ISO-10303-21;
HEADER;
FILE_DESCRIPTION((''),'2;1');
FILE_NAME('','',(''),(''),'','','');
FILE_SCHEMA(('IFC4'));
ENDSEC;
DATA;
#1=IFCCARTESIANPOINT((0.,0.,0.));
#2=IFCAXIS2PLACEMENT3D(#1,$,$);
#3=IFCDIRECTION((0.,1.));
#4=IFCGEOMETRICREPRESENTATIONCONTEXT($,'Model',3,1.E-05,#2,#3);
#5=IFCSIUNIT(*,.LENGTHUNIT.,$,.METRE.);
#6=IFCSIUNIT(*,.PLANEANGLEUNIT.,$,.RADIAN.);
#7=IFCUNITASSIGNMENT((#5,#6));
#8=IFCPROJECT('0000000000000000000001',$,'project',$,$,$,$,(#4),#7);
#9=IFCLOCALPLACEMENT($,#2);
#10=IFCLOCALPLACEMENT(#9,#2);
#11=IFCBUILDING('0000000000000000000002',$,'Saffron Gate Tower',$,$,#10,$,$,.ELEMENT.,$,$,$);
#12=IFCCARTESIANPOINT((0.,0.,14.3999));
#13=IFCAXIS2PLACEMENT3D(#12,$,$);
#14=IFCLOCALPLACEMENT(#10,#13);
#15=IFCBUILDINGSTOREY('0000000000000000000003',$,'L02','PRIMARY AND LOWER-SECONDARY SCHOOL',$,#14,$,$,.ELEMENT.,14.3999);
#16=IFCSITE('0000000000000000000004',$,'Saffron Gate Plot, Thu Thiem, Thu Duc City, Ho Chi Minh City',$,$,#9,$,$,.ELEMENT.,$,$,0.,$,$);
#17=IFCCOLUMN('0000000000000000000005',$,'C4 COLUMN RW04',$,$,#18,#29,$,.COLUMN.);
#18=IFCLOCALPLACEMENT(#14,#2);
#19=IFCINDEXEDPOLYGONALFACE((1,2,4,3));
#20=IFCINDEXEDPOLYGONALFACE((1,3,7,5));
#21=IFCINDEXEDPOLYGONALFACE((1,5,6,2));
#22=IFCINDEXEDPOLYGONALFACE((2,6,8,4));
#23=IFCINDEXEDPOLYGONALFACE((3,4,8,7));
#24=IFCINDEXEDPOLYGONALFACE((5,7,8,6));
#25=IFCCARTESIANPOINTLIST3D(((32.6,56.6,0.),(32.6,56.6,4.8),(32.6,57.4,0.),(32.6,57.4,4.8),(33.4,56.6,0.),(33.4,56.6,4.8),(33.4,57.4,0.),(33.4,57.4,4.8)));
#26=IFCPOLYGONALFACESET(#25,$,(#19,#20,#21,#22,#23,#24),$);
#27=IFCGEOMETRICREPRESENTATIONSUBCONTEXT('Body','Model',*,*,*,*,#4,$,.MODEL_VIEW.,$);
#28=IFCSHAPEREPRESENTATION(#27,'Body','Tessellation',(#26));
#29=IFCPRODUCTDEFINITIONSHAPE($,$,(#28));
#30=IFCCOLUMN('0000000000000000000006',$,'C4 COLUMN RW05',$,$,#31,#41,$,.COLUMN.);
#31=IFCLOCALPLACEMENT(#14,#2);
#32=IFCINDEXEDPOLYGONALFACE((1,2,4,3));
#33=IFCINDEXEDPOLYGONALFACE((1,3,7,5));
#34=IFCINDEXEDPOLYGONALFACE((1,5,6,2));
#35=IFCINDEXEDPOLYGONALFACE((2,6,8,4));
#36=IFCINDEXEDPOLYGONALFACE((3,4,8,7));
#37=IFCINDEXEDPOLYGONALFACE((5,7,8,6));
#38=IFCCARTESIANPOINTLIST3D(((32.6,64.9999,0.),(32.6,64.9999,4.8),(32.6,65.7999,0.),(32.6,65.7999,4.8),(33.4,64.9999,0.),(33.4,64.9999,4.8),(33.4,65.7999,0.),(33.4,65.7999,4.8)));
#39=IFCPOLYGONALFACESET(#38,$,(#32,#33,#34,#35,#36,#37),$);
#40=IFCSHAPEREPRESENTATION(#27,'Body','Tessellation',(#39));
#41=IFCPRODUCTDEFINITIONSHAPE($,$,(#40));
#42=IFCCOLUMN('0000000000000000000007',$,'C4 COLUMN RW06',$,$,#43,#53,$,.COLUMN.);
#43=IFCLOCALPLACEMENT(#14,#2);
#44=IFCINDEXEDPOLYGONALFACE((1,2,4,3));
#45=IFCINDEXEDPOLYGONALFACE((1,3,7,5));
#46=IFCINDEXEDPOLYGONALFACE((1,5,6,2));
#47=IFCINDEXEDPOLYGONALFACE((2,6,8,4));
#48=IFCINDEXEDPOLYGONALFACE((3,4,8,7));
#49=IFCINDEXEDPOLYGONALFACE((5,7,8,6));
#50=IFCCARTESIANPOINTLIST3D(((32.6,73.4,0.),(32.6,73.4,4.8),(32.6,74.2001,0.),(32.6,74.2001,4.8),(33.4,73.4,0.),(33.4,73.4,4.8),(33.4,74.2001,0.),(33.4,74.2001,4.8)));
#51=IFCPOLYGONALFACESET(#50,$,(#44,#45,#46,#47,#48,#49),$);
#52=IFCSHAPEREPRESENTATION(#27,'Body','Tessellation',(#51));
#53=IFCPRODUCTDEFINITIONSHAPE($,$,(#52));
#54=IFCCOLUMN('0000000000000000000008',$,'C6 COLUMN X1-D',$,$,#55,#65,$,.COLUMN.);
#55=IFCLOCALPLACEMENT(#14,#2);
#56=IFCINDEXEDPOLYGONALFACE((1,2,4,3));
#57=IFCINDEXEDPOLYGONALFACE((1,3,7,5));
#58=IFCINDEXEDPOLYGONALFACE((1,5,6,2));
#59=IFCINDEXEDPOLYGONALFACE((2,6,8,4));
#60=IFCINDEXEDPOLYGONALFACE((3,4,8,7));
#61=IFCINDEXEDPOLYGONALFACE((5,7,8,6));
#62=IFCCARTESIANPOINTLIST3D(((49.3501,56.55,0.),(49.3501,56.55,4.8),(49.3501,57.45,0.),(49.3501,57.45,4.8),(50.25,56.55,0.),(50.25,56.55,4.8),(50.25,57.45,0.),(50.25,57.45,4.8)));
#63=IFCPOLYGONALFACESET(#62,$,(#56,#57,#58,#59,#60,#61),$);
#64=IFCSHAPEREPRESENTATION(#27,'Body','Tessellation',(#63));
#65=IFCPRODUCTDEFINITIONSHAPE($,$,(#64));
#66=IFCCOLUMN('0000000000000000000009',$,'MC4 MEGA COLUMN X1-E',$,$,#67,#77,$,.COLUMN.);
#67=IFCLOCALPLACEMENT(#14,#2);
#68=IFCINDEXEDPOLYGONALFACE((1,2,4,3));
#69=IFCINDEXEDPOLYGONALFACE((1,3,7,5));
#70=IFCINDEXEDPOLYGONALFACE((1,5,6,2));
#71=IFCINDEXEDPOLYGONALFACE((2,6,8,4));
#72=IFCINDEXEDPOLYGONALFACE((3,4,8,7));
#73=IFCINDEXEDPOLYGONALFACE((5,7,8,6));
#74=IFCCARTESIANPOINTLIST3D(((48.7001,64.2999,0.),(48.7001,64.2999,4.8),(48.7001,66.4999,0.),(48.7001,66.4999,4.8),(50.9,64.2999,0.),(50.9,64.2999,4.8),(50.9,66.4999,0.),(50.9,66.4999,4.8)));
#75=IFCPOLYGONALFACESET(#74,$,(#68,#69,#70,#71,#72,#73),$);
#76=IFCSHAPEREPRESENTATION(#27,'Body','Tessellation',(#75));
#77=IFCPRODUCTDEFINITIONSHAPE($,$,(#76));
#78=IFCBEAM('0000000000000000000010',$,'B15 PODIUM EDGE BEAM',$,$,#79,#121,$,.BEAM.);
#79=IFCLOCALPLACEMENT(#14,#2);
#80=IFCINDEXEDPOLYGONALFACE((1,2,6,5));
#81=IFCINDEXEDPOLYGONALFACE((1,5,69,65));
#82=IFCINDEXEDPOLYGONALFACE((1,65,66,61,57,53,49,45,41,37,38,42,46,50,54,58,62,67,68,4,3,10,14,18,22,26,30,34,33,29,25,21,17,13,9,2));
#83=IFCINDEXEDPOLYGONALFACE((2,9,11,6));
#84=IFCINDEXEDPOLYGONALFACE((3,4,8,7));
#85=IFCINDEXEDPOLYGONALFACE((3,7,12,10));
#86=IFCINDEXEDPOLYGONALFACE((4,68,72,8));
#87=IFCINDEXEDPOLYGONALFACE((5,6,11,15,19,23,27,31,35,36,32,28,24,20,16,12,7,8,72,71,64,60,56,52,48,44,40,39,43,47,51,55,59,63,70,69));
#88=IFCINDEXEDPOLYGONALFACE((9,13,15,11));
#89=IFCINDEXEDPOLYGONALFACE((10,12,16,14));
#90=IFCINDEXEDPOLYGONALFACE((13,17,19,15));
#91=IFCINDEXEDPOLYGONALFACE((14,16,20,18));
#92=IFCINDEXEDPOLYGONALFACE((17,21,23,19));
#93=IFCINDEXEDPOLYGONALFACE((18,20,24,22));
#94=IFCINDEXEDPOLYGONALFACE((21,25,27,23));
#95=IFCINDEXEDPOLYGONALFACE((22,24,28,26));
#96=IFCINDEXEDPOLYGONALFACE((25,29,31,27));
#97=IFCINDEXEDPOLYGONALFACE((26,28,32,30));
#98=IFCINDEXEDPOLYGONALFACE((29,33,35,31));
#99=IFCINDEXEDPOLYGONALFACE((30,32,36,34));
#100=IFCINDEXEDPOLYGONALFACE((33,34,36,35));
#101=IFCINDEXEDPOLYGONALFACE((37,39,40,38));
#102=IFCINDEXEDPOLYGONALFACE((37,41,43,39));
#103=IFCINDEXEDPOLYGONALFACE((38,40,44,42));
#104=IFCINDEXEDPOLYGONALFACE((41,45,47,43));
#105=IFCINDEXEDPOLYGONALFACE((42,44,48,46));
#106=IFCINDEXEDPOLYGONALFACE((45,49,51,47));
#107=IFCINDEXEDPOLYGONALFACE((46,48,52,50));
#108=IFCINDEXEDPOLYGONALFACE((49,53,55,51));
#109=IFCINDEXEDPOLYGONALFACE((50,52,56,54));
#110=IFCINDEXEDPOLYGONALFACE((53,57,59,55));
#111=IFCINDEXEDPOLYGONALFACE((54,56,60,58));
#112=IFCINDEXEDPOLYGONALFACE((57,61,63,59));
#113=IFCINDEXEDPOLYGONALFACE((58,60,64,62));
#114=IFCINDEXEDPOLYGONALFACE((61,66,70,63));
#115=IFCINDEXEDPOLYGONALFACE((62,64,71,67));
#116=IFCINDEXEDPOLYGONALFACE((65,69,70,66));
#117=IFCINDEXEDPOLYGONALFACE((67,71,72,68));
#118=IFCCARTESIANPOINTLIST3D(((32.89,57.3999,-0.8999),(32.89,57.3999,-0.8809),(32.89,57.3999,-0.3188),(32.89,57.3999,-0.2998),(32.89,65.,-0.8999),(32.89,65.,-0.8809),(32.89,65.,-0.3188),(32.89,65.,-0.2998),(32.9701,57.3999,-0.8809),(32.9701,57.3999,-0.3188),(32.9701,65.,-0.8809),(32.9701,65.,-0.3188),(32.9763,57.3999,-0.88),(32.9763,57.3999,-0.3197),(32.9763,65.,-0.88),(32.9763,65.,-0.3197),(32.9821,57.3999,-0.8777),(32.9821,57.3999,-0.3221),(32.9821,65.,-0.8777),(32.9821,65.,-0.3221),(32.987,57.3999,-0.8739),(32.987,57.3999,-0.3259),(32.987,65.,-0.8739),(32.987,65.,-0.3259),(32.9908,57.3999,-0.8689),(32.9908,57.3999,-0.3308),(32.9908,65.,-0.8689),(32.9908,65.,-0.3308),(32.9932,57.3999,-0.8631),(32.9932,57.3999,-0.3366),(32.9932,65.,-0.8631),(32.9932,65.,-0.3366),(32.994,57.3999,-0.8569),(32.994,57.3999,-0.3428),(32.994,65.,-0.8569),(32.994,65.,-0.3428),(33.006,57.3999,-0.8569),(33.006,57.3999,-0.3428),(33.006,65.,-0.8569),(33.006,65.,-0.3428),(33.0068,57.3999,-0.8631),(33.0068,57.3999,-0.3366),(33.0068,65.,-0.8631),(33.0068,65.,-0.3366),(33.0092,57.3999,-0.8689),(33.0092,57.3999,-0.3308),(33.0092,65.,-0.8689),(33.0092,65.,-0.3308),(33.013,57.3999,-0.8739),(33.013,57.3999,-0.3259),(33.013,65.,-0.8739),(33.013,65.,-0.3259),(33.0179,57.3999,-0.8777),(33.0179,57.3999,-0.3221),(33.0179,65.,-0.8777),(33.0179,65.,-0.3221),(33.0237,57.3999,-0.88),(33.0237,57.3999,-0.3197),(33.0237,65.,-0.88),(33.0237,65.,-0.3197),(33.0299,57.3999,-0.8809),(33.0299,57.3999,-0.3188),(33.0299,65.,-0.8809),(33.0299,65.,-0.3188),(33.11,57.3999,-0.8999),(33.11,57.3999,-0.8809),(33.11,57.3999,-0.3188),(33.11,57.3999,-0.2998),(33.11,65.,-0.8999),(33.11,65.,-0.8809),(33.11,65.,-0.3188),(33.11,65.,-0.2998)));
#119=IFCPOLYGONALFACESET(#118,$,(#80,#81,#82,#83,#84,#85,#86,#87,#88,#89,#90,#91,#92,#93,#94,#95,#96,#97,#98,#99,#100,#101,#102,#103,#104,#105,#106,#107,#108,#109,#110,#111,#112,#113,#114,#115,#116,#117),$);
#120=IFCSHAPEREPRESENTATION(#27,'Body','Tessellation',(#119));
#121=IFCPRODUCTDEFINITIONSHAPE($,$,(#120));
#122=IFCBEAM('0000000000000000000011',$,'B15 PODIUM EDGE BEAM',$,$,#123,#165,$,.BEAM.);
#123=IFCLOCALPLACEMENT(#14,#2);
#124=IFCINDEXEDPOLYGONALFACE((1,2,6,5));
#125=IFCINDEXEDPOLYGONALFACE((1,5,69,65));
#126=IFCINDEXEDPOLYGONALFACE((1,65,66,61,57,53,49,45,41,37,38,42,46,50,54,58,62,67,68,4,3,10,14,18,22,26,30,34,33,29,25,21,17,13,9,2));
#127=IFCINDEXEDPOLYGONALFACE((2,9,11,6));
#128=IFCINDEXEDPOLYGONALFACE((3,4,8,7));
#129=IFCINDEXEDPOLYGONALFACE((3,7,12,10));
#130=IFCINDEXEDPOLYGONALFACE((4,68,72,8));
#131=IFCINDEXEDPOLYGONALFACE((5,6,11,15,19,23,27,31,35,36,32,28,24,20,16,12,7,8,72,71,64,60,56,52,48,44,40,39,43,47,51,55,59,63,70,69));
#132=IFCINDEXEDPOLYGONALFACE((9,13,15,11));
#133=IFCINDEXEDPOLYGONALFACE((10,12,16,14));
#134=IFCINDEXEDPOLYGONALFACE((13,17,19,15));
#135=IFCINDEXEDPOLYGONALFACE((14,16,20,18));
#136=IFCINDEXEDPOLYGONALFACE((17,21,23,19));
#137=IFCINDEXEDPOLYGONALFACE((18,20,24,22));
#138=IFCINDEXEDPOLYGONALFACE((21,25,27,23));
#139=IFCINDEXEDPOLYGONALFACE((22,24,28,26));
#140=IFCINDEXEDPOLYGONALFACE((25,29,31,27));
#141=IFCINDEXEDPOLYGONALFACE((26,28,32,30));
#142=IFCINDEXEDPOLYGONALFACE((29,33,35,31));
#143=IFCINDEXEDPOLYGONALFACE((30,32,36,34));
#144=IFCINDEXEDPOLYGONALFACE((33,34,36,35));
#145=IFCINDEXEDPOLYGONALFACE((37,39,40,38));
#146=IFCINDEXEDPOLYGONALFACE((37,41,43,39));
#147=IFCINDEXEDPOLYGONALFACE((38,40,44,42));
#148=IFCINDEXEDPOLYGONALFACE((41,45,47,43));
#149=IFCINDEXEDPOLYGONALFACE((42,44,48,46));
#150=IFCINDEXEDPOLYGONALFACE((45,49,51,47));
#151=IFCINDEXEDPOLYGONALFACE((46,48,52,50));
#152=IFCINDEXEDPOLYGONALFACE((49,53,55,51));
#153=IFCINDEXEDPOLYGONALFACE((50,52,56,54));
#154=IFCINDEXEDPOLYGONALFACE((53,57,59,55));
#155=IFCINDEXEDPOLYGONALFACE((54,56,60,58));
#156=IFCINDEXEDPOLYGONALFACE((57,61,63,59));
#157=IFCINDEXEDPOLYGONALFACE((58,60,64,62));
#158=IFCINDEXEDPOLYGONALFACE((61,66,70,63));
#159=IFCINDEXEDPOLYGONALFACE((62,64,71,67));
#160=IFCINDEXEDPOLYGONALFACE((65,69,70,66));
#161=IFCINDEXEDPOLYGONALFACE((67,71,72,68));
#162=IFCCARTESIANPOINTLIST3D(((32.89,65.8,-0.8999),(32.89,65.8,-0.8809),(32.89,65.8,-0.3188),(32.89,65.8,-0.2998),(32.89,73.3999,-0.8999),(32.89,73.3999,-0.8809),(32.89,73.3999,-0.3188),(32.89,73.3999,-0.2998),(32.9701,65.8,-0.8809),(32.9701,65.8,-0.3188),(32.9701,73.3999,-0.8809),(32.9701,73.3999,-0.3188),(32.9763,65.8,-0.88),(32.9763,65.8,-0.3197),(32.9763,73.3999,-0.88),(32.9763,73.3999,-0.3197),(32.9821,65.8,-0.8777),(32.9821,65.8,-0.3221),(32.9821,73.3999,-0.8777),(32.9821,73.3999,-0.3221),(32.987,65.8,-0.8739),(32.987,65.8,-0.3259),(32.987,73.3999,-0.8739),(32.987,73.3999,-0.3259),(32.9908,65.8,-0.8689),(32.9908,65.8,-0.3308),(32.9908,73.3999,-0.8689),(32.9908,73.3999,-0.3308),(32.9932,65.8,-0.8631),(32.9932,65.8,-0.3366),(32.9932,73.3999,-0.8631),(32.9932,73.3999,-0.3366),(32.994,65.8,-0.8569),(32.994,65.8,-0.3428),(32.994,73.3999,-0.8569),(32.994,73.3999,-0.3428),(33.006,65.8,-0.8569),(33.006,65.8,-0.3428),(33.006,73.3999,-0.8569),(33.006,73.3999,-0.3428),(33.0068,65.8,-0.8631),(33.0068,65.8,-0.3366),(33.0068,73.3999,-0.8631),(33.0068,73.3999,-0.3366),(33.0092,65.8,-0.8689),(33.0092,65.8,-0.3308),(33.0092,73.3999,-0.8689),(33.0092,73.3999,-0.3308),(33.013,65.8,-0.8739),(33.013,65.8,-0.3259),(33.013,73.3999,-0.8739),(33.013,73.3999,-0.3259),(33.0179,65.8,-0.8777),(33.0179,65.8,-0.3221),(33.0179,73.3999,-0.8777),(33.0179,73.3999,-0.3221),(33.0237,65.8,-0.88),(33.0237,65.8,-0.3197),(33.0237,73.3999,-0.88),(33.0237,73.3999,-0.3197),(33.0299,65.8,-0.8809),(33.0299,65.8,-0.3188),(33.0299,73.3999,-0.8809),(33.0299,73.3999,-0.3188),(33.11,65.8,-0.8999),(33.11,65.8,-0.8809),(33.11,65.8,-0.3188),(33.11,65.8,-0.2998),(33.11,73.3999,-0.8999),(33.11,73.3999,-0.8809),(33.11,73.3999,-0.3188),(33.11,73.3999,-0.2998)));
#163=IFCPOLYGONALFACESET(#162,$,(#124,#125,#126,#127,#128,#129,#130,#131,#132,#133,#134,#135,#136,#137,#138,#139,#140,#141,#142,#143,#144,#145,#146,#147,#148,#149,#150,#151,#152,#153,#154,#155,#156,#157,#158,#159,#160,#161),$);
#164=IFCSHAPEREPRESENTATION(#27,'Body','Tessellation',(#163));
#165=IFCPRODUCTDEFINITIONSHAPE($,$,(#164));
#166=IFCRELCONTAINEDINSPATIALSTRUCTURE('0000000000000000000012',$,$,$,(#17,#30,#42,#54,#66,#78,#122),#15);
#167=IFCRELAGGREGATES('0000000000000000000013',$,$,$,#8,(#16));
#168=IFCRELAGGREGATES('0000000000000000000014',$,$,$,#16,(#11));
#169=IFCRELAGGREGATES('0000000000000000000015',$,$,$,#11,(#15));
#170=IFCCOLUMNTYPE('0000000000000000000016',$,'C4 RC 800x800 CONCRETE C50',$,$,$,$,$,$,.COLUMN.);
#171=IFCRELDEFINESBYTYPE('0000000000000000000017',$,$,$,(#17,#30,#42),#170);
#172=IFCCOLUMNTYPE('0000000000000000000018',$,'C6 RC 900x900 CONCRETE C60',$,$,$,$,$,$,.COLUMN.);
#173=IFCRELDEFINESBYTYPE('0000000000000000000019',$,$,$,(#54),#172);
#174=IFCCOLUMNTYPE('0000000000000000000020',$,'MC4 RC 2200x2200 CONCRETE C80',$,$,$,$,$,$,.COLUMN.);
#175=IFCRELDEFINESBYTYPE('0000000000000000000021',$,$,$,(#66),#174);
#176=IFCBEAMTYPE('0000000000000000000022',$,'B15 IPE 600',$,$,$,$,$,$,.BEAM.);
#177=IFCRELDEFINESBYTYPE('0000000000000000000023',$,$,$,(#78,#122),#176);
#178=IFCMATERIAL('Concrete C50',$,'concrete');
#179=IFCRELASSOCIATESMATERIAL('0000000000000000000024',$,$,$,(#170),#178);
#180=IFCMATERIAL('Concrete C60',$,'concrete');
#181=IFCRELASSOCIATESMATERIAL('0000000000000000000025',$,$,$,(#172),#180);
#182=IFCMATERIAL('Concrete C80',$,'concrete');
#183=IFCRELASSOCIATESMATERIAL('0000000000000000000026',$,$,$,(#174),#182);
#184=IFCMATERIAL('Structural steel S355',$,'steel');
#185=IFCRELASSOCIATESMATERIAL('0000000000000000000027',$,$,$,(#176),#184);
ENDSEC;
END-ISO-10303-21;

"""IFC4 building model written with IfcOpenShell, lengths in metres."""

from ifc_helpers import new_model, si_unit, direction, frame, origin, origin_2d, place, context, subcontext, project, spatial, rectangle, i_section, extrude, material, material_profile, profile_set, type_object, element, save


model = new_model("IFC4")

# Units and contexts
model_context = context("Model", 3, precision=1e-05, world=origin(), true_north=direction((0.0, 1.0)))
body_context = subcontext(model_context, "Body", "Model", "MODEL_VIEW")
ifc_project = project(units=[si_unit("LENGTHUNIT", "METRE"), si_unit("PLANEANGLEUNIT", "RADIAN")], contexts=[model_context])

# Site, building, storey
site_placement = place(None, origin())
site = spatial("IfcSite", under=ifc_project, at=site_placement, Name="Saffron Gate Plot, Thu Thiem, Thu Duc City, Ho Chi Minh City", CompositionType="ELEMENT", RefElevation=0.0)
building_placement = place(site_placement, origin())
building = spatial("IfcBuilding", under=site, at=building_placement, Name="Saffron Gate Tower", CompositionType="ELEMENT")
storey_placement = place(building_placement, frame((0.0, 0.0, 14.3999)))
storey = spatial("IfcBuildingStorey", under=building, at=storey_placement, Name="L02", Description="PRIMARY AND LOWER-SECONDARY SCHOOL", CompositionType="ELEMENT", Elevation=14.3999)

# Columns
ifc_material_1 = material(Name="Concrete C50", Category="concrete")
ifc_material_profile_1 = material_profile(ifc_material_1, rectangle(XDim=0.8, YDim=0.8, at=origin_2d()))
ifc_profile_set_1 = profile_set([ifc_material_profile_1], Name="Concrete C50")
column_type_1 = type_object("IfcColumnType", Name="C4 RC 800x800 CONCRETE C50", PredefinedType="COLUMN", material=ifc_profile_set_1)
for number, where, z_axis, x_axis, name in (
    (1, (33.0, 57.0, 0.0), (0.0, 0.0, 1.0), (1.0, 0.0, 0.0), "C4 COLUMN RW04"),
    (2, (33.0, 65.3999, 0.0), (0.0, 0.0, 1.0), (1.0, 0.0, 0.0), "C4 COLUMN RW05"),
    (3, (33.0, 73.8, 0.0), (0.0, 0.0, 1.0), (1.0, 0.0, 0.0), "C4 COLUMN RW06"),
):
    element("IfcColumn", number, at=place(storey_placement, frame(where, z_axis=z_axis, x_axis=x_axis)), inside=storey, type_object=column_type_1, Name=name, PredefinedType="COLUMN", context=body_context, shape_type="SweptSolid", body=[
        extrude(rectangle(XDim=0.8, YDim=0.8, at=origin_2d()), origin(), (0.0, 0.0, 1.0), 4.8),
    ])
ifc_material_2 = material(Name="Concrete C60", Category="concrete")
ifc_material_profile_2 = material_profile(ifc_material_2, rectangle(XDim=0.8999, YDim=0.8999, at=origin_2d()))
ifc_profile_set_2 = profile_set([ifc_material_profile_2], Name="Concrete C60")
column_type_2 = type_object("IfcColumnType", Name="C6 RC 900x900 CONCRETE C60", PredefinedType="COLUMN", material=ifc_profile_set_2)
column_1_placement = place(storey_placement, frame((49.8, 57.0, 0.0), z_axis=(0.0, 0.0, 1.0), x_axis=(1.0, 0.0, 0.0)))
element("IfcColumn", 4, at=column_1_placement, inside=storey, type_object=column_type_2, Name="C6 COLUMN X1-D", PredefinedType="COLUMN", context=body_context, shape_type="SweptSolid", body=[
    extrude(rectangle(XDim=0.8999, YDim=0.8999, at=origin_2d()), origin(), (0.0, 0.0, 1.0), 4.8),
])
ifc_material_3 = material(Name="Concrete C80", Category="concrete")
ifc_material_profile_3 = material_profile(ifc_material_3, rectangle(XDim=2.2, YDim=2.2, at=origin_2d()))
ifc_profile_set_3 = profile_set([ifc_material_profile_3], Name="Concrete C80")
column_type_3 = type_object("IfcColumnType", Name="MC4 RC 2200x2200 CONCRETE C80", PredefinedType="COLUMN", material=ifc_profile_set_3)
column_2_placement = place(storey_placement, frame((49.8, 65.3999, 0.0), z_axis=(0.0, 0.0, 1.0), x_axis=(1.0, 0.0, 0.0)))
element("IfcColumn", 5, at=column_2_placement, inside=storey, type_object=column_type_3, Name="MC4 MEGA COLUMN X1-E", PredefinedType="COLUMN", context=body_context, shape_type="SweptSolid", body=[
    extrude(rectangle(XDim=2.2, YDim=2.2, at=origin_2d()), origin(), (0.0, 0.0, 1.0), 4.8),
])

# Beams
ifc_material_4 = material(Name="Structural steel S355", Category="steel")
ifc_material_profile_4 = material_profile(ifc_material_4, i_section(OverallWidth=0.22, OverallDepth=0.6001, WebThickness=0.012, FlangeThickness=0.019, FilletRadius=0.0239, at=origin_2d()))
ifc_profile_set_4 = profile_set([ifc_material_profile_4], Name="Structural steel S355")
beam_type_1 = type_object("IfcBeamType", Name="B15 IPE 600", PredefinedType="BEAM", material=ifc_profile_set_4)
beam_1_placement = place(storey_placement, frame((33.0, 57.3999, -0.5999), z_axis=(0.0, 1.0, 0.0), x_axis=(-1.0, 0.0, 0.0)))
element("IfcBeam", 6, at=beam_1_placement, inside=storey, type_object=beam_type_1, Name="B15 PODIUM EDGE BEAM", PredefinedType="BEAM", context=body_context, shape_type="SweptSolid", body=[
    extrude(i_section(OverallWidth=0.22, OverallDepth=0.6001, WebThickness=0.012, FlangeThickness=0.019, FilletRadius=0.0239, at=origin_2d()), origin(), (0.0, 0.0, 1.0), 7.6001),
])
beam_2_placement = place(storey_placement, frame((33.0, 65.8, -0.5999), z_axis=(0.0, 1.0, 0.0), x_axis=(-1.0, 0.0, 0.0)))
element("IfcBeam", 7, at=beam_2_placement, inside=storey, type_object=beam_type_1, Name="B15 PODIUM EDGE BEAM", PredefinedType="BEAM", context=body_context, shape_type="SweptSolid", body=[
    extrude(i_section(OverallWidth=0.22, OverallDepth=0.6001, WebThickness=0.012, FlangeThickness=0.019, FilletRadius=0.0239, at=origin_2d()), origin(), (0.0, 0.0, 1.0), 7.5999),
])

save(model, "model.ifc")
